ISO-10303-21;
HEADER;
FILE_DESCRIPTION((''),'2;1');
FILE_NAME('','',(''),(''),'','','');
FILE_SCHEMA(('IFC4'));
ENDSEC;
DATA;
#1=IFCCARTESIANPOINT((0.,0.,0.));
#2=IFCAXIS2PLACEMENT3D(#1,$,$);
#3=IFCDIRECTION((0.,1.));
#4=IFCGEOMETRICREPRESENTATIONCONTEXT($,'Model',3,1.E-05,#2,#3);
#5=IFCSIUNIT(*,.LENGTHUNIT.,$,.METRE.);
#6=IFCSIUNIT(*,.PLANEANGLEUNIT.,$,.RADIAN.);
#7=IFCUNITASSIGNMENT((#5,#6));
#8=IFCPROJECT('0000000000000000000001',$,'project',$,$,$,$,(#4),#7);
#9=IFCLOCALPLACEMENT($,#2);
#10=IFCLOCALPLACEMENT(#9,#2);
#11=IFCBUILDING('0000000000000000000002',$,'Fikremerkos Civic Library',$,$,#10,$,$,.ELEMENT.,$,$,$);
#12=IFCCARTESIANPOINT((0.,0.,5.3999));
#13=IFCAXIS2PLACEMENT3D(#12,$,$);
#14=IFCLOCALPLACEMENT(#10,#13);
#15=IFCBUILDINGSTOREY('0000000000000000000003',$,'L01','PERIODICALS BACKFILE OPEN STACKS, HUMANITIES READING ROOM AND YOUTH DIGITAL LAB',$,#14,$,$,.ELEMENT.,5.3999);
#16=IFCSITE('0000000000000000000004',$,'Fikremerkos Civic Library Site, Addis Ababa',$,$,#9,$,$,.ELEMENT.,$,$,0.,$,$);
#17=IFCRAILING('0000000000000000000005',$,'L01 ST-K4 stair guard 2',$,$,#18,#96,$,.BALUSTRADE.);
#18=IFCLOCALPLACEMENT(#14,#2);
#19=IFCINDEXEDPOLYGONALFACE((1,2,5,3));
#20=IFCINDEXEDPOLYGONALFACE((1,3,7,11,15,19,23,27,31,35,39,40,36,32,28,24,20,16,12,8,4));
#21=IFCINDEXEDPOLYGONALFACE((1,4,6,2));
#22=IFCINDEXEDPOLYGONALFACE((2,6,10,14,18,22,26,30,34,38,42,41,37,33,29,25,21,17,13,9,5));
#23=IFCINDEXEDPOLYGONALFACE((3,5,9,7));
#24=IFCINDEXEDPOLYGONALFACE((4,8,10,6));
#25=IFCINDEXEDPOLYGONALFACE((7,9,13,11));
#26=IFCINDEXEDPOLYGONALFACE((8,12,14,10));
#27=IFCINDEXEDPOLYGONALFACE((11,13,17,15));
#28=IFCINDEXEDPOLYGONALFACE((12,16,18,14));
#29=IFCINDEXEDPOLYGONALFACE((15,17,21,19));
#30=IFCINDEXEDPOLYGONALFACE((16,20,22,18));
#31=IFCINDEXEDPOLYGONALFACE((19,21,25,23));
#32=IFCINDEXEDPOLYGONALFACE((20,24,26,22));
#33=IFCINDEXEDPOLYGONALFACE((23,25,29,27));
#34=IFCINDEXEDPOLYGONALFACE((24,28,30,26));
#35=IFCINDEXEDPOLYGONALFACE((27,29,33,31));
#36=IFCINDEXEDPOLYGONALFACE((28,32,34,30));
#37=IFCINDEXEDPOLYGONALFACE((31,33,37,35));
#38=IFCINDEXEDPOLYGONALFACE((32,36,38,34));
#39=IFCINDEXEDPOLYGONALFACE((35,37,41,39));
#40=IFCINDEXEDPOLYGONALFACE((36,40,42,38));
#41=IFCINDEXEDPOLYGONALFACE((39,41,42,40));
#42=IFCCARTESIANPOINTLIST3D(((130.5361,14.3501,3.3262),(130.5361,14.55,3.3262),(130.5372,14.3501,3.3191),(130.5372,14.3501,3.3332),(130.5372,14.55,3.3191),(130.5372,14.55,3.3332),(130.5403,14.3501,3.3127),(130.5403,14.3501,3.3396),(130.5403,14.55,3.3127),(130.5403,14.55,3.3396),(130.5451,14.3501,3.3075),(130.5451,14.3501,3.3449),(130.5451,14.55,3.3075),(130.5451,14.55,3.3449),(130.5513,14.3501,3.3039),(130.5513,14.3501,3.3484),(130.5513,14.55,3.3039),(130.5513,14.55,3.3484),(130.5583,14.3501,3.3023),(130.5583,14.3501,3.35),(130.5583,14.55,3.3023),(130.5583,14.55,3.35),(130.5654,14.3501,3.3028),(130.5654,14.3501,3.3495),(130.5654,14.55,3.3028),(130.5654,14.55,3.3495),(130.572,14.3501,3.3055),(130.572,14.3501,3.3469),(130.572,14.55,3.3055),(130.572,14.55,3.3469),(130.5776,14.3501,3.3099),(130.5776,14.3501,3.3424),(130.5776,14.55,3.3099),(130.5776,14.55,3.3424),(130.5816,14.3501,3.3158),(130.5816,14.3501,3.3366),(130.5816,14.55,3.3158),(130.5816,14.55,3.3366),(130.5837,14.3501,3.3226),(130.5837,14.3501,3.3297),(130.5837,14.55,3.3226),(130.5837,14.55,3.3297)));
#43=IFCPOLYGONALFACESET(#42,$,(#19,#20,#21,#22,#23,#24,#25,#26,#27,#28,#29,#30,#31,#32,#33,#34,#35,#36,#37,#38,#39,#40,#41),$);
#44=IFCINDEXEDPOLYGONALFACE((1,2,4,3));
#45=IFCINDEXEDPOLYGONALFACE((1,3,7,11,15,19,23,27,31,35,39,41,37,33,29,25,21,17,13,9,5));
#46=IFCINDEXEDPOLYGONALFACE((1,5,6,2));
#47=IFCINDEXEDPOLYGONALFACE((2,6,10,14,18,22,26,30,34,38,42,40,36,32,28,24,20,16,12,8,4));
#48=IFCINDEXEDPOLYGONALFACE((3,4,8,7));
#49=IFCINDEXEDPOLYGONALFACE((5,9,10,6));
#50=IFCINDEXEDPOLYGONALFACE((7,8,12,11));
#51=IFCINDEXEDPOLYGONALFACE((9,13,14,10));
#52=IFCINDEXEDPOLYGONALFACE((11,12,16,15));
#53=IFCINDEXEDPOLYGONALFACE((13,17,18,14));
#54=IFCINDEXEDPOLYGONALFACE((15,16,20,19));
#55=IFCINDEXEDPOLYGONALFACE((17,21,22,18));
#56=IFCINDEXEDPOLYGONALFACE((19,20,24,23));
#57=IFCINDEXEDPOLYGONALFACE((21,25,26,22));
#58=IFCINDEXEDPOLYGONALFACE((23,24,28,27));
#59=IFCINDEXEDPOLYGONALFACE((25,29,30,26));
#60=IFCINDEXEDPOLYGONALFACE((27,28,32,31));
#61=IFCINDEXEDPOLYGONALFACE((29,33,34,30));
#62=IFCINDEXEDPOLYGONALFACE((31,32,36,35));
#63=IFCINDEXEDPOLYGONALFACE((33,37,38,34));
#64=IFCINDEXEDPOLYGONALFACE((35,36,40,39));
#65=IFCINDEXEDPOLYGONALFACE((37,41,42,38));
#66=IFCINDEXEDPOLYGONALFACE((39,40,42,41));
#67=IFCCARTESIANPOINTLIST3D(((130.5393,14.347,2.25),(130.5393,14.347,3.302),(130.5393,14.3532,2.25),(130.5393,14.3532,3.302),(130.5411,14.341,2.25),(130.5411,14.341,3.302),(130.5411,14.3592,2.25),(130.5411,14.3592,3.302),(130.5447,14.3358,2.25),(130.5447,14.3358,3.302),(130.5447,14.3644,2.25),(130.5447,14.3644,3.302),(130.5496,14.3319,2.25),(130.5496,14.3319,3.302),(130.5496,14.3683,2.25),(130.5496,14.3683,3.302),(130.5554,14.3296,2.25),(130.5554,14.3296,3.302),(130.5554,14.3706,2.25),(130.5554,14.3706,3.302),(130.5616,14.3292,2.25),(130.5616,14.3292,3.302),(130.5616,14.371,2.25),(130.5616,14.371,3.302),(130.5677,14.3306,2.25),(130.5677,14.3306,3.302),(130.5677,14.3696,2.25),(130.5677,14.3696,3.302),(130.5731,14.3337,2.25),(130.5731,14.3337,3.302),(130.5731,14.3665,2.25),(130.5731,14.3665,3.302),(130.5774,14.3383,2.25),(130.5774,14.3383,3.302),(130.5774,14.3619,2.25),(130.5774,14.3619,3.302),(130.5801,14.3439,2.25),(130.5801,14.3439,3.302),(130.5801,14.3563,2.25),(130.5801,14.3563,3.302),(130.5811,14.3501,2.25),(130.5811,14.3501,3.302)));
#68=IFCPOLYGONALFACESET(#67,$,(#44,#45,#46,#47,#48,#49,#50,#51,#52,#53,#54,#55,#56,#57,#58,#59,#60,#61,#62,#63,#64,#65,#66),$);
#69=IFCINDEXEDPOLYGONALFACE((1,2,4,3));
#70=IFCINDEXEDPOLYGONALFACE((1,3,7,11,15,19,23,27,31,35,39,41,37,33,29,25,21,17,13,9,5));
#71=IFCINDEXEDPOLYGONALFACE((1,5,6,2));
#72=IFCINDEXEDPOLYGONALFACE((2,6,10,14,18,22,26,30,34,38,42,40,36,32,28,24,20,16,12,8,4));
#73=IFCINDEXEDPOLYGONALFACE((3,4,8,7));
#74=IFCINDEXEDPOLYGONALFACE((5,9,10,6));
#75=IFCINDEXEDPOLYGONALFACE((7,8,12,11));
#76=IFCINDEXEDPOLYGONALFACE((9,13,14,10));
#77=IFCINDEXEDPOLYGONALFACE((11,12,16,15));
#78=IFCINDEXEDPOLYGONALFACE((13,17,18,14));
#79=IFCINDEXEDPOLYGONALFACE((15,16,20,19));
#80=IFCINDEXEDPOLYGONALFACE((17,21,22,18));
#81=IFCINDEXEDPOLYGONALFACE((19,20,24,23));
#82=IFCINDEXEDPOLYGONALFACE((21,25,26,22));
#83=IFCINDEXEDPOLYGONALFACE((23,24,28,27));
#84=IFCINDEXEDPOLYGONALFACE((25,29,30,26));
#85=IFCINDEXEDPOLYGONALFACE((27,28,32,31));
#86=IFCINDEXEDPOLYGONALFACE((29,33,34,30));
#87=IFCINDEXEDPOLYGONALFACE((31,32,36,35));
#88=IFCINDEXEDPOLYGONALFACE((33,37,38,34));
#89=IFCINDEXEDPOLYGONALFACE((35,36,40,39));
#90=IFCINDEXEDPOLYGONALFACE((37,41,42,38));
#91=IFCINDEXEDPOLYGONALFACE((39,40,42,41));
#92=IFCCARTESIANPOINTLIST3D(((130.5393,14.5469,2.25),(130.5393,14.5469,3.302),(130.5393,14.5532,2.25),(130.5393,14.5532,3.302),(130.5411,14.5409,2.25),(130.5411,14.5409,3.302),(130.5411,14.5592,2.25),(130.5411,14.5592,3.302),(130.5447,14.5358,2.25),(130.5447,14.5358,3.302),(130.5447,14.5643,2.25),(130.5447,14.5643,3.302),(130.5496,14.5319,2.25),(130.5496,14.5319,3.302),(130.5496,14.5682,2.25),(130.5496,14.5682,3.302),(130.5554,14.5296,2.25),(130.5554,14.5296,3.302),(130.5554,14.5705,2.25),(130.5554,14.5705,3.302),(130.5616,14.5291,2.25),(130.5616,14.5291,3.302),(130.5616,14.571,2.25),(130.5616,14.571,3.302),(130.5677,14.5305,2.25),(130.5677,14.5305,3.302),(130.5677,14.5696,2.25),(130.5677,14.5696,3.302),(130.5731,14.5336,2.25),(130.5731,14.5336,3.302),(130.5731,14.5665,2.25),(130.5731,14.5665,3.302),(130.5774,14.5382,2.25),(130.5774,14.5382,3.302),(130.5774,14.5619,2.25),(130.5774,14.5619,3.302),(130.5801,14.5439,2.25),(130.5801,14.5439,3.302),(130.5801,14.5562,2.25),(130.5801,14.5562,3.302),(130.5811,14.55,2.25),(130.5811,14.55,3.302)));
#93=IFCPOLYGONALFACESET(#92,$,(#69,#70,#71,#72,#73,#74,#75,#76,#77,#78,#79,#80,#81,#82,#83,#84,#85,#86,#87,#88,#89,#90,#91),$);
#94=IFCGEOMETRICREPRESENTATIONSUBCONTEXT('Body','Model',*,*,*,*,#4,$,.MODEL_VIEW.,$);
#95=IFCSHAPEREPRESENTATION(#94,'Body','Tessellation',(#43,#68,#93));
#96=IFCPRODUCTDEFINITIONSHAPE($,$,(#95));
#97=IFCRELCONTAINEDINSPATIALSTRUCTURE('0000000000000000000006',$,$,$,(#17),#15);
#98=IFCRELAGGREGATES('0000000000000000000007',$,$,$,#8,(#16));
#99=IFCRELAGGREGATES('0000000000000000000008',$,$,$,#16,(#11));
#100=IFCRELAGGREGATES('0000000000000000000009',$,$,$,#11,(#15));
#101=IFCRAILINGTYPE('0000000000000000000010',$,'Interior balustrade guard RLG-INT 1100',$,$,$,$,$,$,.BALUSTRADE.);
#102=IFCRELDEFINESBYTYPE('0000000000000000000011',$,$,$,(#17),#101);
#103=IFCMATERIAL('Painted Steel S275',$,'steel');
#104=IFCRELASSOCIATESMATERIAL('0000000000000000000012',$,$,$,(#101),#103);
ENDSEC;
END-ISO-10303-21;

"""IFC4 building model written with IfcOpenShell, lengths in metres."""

from ifc_helpers import new_model, si_unit, direction, frame, origin, origin_2d, place, context, subcontext, project, spatial, circle, extrude, material, type_object, element, save


model = new_model("IFC4")

# Units and contexts
model_context = context("Model", 3, precision=1e-05, world=origin(), true_north=direction((0.0, 1.0)))
body_context = subcontext(model_context, "Body", "Model", "MODEL_VIEW")
ifc_project = project(units=[si_unit("LENGTHUNIT", "METRE"), si_unit("PLANEANGLEUNIT", "RADIAN")], contexts=[model_context])

# Site, building, storey
site_placement = place(None, origin())
site = spatial("IfcSite", under=ifc_project, at=site_placement, Name="Fikremerkos Civic Library Site, Addis Ababa", CompositionType="ELEMENT", RefElevation=0.0)
building_placement = place(site_placement, origin())
building = spatial("IfcBuilding", under=site, at=building_placement, Name="Fikremerkos Civic Library", CompositionType="ELEMENT")
storey_placement = place(building_placement, frame((0.0, 0.0, 5.3999)))
storey = spatial("IfcBuildingStorey", under=building, at=storey_placement, Name="L01", Description="PERIODICALS BACKFILE OPEN STACKS, HUMANITIES READING ROOM AND YOUTH DIGITAL LAB", CompositionType="ELEMENT", Elevation=5.3999)

# Railing
ifc_material_1 = material(Name="Painted Steel S275", Category="steel")
railing_type_1 = type_object("IfcRailingType", Name="Interior balustrade guard RLG-INT 1100", PredefinedType="BALUSTRADE", material=ifc_material_1)
railing_1_placement = place(storey_placement, frame((130.5601, 14.3501, 2.25)))
element("IfcRailing", 1, at=railing_1_placement, inside=storey, type_object=railing_type_1, Name="L01 ST-K4 stair guard 2", PredefinedType="BALUSTRADE", context=body_context, shape_type="SweptSolid", body=[
    extrude(circle(Radius=0.0239, at=origin_2d()), frame((0.0, 0.0, 1.0762), z_axis=(0.0, 1.0, 0.0), x_axis=(-1.0, 0.0, 0.0)), (0.0, 0.0, 1.0), 0.2),
    extrude(circle(Radius=0.021, at=origin_2d()), origin(), (0.0, 0.0, 1.0), 1.052),
    extrude(circle(Radius=0.021, at=origin_2d()), frame((0.0, 0.2, 0.0)), (0.0, 0.0, 1.0), 1.052),
])

save(model, "model.ifc")
